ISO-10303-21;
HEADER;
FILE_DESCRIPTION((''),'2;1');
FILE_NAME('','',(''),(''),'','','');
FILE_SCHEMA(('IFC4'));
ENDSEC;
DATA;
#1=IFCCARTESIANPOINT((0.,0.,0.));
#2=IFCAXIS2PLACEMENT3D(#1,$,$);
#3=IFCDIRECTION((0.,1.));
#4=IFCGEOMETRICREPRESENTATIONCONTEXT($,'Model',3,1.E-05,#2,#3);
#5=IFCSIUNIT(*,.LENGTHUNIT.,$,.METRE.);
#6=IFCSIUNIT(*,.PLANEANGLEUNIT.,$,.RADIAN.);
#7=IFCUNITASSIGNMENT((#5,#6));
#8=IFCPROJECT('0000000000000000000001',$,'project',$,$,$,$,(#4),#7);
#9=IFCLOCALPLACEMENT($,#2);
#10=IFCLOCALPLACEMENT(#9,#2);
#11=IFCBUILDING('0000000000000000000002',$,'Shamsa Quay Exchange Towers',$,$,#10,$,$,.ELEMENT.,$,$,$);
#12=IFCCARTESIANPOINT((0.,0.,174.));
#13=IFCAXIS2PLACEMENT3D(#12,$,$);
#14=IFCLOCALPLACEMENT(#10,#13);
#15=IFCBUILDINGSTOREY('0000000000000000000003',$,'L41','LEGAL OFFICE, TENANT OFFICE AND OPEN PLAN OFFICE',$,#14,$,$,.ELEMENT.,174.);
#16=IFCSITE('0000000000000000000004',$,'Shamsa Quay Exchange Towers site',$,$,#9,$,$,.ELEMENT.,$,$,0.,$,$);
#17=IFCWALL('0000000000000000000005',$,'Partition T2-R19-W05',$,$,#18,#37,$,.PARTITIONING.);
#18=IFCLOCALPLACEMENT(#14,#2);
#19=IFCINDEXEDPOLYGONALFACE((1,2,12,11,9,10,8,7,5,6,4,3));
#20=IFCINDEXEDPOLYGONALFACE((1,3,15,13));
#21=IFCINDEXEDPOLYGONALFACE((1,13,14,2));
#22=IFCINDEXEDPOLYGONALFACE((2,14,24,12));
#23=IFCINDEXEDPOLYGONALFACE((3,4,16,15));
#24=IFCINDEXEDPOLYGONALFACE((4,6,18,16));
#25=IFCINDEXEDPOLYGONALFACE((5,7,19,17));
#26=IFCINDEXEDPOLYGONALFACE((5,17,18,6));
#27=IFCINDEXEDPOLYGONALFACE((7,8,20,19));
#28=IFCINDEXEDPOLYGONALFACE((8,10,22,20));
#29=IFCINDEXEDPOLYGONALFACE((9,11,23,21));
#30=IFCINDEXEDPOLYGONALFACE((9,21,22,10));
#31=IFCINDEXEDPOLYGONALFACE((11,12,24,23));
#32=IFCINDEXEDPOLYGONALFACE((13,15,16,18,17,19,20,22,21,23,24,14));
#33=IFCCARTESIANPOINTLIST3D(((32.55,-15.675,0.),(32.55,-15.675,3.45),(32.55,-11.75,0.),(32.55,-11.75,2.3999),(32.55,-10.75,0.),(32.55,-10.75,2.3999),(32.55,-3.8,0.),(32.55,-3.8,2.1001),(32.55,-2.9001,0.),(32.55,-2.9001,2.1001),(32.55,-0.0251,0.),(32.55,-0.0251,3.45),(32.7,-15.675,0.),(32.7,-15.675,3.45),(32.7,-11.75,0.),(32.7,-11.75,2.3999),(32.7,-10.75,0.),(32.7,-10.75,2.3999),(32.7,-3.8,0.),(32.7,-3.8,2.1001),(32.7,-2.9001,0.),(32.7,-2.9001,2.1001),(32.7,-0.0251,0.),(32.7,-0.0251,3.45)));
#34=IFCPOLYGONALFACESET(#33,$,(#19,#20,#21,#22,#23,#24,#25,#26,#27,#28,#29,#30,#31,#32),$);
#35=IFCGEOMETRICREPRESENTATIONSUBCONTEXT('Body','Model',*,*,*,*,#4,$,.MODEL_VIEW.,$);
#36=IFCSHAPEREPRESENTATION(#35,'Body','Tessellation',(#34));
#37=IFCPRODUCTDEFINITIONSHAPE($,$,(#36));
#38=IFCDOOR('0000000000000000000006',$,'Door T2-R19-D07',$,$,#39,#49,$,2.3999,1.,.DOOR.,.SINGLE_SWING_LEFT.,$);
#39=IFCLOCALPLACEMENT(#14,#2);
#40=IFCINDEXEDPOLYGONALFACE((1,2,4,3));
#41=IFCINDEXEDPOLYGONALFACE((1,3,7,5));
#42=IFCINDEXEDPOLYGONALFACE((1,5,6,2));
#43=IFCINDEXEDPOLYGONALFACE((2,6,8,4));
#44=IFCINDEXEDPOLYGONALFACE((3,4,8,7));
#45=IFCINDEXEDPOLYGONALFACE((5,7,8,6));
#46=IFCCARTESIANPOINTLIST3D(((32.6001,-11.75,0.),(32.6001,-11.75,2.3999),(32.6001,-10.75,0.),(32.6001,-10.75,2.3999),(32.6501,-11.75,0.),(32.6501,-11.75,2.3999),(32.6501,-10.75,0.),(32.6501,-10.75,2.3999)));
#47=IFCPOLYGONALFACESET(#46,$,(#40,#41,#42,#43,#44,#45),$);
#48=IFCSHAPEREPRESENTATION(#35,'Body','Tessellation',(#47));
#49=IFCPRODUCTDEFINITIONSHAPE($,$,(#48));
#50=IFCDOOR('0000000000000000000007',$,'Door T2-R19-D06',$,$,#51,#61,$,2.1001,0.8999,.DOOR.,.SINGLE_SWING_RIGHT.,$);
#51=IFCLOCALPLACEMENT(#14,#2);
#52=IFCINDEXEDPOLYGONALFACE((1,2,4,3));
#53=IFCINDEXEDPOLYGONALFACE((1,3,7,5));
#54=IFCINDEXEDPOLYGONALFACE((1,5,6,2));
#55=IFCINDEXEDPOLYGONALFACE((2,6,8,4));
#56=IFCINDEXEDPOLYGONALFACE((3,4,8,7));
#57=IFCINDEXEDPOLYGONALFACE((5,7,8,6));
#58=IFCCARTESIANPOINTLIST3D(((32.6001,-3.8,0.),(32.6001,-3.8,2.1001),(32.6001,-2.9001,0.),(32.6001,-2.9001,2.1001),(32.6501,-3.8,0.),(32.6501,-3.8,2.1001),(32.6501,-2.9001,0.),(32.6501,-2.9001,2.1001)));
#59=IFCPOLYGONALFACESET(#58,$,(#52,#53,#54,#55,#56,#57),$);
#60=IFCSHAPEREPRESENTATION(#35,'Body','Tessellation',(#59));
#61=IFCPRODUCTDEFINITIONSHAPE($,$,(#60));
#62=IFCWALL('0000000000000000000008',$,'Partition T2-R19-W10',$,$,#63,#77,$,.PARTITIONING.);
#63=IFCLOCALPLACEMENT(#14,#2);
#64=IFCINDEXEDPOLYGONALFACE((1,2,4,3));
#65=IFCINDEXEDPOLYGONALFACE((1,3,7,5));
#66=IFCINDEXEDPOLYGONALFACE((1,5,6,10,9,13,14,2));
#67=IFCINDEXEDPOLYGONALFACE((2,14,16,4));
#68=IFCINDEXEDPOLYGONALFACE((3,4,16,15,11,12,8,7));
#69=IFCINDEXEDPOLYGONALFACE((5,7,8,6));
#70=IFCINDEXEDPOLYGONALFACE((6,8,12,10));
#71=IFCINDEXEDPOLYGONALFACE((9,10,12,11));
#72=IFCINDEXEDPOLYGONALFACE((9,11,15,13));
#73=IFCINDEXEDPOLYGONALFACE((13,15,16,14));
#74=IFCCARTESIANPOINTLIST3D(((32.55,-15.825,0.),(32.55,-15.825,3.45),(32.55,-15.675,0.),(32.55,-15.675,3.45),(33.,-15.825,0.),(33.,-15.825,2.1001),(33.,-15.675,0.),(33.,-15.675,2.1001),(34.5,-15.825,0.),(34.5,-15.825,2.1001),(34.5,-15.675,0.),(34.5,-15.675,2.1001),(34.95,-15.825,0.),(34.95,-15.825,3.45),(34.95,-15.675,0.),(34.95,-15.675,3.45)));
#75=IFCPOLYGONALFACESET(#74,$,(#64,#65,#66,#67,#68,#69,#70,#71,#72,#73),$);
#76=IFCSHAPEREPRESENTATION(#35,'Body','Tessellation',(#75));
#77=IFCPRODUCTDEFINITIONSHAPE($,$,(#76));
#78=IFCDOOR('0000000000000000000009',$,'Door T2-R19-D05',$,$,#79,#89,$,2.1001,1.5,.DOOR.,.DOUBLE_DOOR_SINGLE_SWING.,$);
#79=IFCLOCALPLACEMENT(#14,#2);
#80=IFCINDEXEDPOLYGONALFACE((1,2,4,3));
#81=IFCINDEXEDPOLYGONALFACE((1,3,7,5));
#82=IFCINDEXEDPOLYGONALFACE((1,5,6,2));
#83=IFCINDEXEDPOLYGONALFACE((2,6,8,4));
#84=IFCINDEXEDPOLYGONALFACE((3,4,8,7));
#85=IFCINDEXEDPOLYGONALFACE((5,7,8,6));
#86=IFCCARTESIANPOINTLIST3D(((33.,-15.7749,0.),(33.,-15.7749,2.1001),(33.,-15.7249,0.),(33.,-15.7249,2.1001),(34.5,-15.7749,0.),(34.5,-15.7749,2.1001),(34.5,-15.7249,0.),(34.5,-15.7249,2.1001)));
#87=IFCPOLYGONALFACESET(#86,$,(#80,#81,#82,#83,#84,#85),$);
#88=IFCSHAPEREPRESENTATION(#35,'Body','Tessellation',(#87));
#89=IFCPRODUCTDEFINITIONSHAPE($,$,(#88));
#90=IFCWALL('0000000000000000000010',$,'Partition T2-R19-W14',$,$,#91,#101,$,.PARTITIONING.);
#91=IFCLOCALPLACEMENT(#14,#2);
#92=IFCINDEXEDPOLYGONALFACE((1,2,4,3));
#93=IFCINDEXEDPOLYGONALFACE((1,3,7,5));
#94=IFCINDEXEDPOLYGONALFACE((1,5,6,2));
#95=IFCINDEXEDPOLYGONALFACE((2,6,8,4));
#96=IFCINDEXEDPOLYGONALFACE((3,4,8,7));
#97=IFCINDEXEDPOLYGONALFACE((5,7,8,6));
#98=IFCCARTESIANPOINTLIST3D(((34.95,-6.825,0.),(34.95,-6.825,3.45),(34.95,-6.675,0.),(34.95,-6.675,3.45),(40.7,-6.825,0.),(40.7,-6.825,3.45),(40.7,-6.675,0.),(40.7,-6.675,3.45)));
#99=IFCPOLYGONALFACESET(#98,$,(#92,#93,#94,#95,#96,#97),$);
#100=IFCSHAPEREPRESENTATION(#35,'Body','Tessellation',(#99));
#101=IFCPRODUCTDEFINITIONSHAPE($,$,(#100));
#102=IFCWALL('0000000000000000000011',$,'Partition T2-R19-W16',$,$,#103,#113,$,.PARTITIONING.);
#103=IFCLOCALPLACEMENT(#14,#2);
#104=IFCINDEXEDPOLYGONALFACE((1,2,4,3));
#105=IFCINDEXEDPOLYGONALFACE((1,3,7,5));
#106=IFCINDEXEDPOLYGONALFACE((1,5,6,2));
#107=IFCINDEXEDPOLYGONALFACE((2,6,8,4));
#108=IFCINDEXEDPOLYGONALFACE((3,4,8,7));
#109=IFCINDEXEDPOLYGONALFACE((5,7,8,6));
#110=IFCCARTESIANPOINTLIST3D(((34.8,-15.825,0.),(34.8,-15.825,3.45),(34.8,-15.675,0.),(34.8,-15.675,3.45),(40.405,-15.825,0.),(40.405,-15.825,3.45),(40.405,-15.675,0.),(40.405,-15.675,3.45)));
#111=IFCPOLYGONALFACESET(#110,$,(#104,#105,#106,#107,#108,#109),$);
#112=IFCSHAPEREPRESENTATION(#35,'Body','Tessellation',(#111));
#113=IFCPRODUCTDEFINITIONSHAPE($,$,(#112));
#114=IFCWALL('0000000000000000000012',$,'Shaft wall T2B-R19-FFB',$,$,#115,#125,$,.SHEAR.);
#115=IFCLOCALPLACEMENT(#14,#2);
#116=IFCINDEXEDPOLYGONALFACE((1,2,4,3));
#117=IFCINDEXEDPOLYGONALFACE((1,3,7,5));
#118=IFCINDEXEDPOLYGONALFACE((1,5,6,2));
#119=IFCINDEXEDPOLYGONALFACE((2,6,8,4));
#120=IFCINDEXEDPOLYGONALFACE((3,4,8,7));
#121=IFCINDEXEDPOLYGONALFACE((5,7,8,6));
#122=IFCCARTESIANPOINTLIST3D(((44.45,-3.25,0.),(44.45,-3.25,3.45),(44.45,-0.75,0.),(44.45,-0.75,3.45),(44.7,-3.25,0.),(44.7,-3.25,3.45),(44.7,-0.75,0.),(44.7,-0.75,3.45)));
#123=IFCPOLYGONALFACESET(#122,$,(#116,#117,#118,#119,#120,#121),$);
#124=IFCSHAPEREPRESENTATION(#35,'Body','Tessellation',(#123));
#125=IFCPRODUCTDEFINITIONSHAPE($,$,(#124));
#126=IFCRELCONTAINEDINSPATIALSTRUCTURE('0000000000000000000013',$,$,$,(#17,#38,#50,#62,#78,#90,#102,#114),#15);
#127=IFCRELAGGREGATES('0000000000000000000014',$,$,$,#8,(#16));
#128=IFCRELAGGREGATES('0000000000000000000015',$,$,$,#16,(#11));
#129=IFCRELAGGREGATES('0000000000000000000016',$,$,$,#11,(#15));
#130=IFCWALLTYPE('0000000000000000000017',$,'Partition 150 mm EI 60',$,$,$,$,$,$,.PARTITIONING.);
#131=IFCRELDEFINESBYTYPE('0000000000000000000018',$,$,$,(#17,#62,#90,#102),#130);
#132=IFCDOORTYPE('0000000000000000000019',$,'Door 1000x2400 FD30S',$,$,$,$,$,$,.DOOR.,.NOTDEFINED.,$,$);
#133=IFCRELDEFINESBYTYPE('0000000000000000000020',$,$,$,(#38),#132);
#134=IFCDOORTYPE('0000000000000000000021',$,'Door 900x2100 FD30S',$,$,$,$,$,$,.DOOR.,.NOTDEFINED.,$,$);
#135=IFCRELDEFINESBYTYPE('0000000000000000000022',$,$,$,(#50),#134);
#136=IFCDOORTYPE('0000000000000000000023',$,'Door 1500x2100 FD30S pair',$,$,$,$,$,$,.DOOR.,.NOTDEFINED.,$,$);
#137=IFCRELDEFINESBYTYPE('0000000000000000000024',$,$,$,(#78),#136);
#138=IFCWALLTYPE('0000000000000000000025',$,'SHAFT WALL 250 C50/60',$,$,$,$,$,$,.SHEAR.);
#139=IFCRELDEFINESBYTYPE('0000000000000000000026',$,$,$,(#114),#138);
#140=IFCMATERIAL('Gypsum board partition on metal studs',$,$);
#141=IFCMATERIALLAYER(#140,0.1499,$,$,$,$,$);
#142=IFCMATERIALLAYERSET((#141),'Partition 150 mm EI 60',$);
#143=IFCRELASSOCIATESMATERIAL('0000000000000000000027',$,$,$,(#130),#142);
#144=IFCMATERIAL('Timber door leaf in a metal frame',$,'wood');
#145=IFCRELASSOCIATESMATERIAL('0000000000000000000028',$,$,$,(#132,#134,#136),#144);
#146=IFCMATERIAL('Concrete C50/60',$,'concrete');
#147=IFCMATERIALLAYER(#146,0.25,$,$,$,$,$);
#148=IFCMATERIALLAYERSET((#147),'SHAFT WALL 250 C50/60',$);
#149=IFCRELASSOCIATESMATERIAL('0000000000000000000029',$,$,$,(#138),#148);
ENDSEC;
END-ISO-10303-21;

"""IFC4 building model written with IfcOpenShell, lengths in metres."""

from ifc_helpers import new_model, si_unit, direction, frame, frame_2d, origin, place, context, subcontext, project, spatial, rectangle, extrude, material, layer, layer_set, type_object, element, fill, save


model = new_model("IFC4")

# Units and contexts
model_context = context("Model", 3, precision=1e-05, world=origin(), true_north=direction((0.0, 1.0)))
body_context = subcontext(model_context, "Body", "Model", "MODEL_VIEW")
ifc_project = project(units=[si_unit("LENGTHUNIT", "METRE"), si_unit("PLANEANGLEUNIT", "RADIAN")], contexts=[model_context])

# Site, building, storey
site_placement = place(None, origin())
site = spatial("IfcSite", under=ifc_project, at=site_placement, Name="Shamsa Quay Exchange Towers site", CompositionType="ELEMENT", RefElevation=0.0)
building_placement = place(site_placement, origin())
building = spatial("IfcBuilding", under=site, at=building_placement, Name="Shamsa Quay Exchange Towers", CompositionType="ELEMENT")
storey_placement = place(building_placement, frame((0.0, 0.0, 174.0)))
storey = spatial("IfcBuildingStorey", under=building, at=storey_placement, Name="L41", Description="LEGAL OFFICE, TENANT OFFICE AND OPEN PLAN OFFICE", CompositionType="ELEMENT", Elevation=174.0)

# Wall, openings, doors
ifc_material_1 = material(Name="Gypsum board partition on metal studs")
ifc_layer_1 = layer(ifc_material_1, 0.1499)
ifc_layer_set_1 = layer_set([ifc_layer_1], Name="Partition 150 mm EI 60")
wall_type_1 = type_object("IfcWallType", Name="Partition 150 mm EI 60", PredefinedType="PARTITIONING", material=ifc_layer_set_1)
wall_1_placement = place(storey_placement, frame((32.625, -15.675, 0.0), z_axis=(0.0, 0.0, 1.0), x_axis=(0.0, 1.0, 0.0)))
wall_1 = element("IfcWall", 1, at=wall_1_placement, inside=storey, type_object=wall_type_1, Name="Partition T2-R19-W05", PredefinedType="PARTITIONING", context=body_context, shape_type="SweptSolid", body=[
    extrude(rectangle(XDim=15.6499, YDim=0.1499, at=frame_2d((7.825, 0.0))), origin(), (0.0, 0.0, 1.0), 3.45),
])
opening_1_placement = place(wall_1_placement, frame((11.875, 0.0, 0.0)))
opening_1 = element("IfcOpeningElement", 2, at=opening_1_placement, cuts=wall_1, PredefinedType="OPENING", context=body_context, shape_type="SweptSolid", body=[
    extrude(rectangle(XDim=0.8999, YDim=2.1001, at=frame_2d((0.45, 1.05))), frame((0.0, 0.085, 0.0), z_axis=(0.0, -1.0, 0.0), x_axis=(1.0, 0.0, 0.0)), (0.0, 0.0, 1.0), 0.1699),
])
opening_2_placement = place(wall_1_placement, frame((3.925, 0.0, 0.0)))
opening_2 = element("IfcOpeningElement", 3, at=opening_2_placement, cuts=wall_1, PredefinedType="OPENING", context=body_context, shape_type="SweptSolid", body=[
    extrude(rectangle(XDim=1.0, YDim=2.3999, at=frame_2d((0.5, 1.2))), frame((0.0, 0.085, 0.0), z_axis=(0.0, -1.0, 0.0), x_axis=(1.0, 0.0, 0.0)), (0.0, 0.0, 1.0), 0.1699),
])
ifc_material_2 = material(Name="Timber door leaf in a metal frame", Category="wood")
door_type_1 = type_object("IfcDoorType", Name="Door 1000x2400 FD30S", OperationType="NOTDEFINED", PredefinedType="DOOR", material=ifc_material_2)
door_1_placement = place(opening_2_placement, origin())
door_1 = element("IfcDoor", 4, at=door_1_placement, inside=storey, type_object=door_type_1, Name="Door T2-R19-D07", OperationType="SINGLE_SWING_LEFT", OverallHeight=2.3999, OverallWidth=1.0, PredefinedType="DOOR", context=body_context, shape_type="SweptSolid", body=[
    extrude(rectangle(XDim=1.0, YDim=2.3999, at=frame_2d((0.5, 1.2))), frame((0.0, 0.0249, 0.0), z_axis=(0.0, -1.0, 0.0), x_axis=(1.0, 0.0, 0.0)), (0.0, 0.0, 1.0), 0.05),
])
fill(opening_2, door_1)
door_type_2 = type_object("IfcDoorType", Name="Door 900x2100 FD30S", OperationType="NOTDEFINED", PredefinedType="DOOR", material=ifc_material_2)
door_2_placement = place(opening_1_placement, origin())
door_2 = element("IfcDoor", 5, at=door_2_placement, inside=storey, type_object=door_type_2, Name="Door T2-R19-D06", OperationType="SINGLE_SWING_RIGHT", OverallHeight=2.1001, OverallWidth=0.8999, PredefinedType="DOOR", context=body_context, shape_type="SweptSolid", body=[
    extrude(rectangle(XDim=0.8999, YDim=2.1001, at=frame_2d((0.45, 1.05))), frame((0.0, 0.0249, 0.0), z_axis=(0.0, -1.0, 0.0), x_axis=(1.0, 0.0, 0.0)), (0.0, 0.0, 1.0), 0.05),
])
fill(opening_1, door_2)

# Wall, opening, door
wall_2_placement = place(storey_placement, frame((34.95, -15.75, 0.0), z_axis=(0.0, 0.0, 1.0), x_axis=(-1.0, 0.0, 0.0)))
wall_2 = element("IfcWall", 6, at=wall_2_placement, inside=storey, type_object=wall_type_1, Name="Partition T2-R19-W10", PredefinedType="PARTITIONING", context=body_context, shape_type="SweptSolid", body=[
    extrude(rectangle(XDim=2.3999, YDim=0.1499, at=frame_2d((1.2, 0.0))), origin(), (0.0, 0.0, 1.0), 3.45),
])
opening_3_placement = place(wall_2_placement, frame((0.45, 0.0, 0.0)))
opening_3 = element("IfcOpeningElement", 7, at=opening_3_placement, cuts=wall_2, PredefinedType="OPENING", context=body_context, shape_type="SweptSolid", body=[
    extrude(rectangle(XDim=1.5, YDim=2.1001, at=frame_2d((0.75, 1.05))), frame((0.0, 0.085, 0.0), z_axis=(0.0, -1.0, 0.0), x_axis=(1.0, 0.0, 0.0)), (0.0, 0.0, 1.0), 0.1699),
])
door_type_3 = type_object("IfcDoorType", Name="Door 1500x2100 FD30S pair", OperationType="NOTDEFINED", PredefinedType="DOOR", material=ifc_material_2)
door_3_placement = place(opening_3_placement, origin())
door_3 = element("IfcDoor", 8, at=door_3_placement, inside=storey, type_object=door_type_3, Name="Door T2-R19-D05", OperationType="DOUBLE_DOOR_SINGLE_SWING", OverallHeight=2.1001, OverallWidth=1.5, PredefinedType="DOOR", context=body_context, shape_type="SweptSolid", body=[
    extrude(rectangle(XDim=1.5, YDim=2.1001, at=frame_2d((0.75, 1.05))), frame((0.0, 0.0249, 0.0), z_axis=(0.0, -1.0, 0.0), x_axis=(1.0, 0.0, 0.0)), (0.0, 0.0, 1.0), 0.05),
])
fill(opening_3, door_3)

# Walls
wall_3_placement = place(storey_placement, frame((34.95, -6.75, 0.0)))
element("IfcWall", 9, at=wall_3_placement, inside=storey, type_object=wall_type_1, Name="Partition T2-R19-W14", PredefinedType="PARTITIONING", context=body_context, shape_type="SweptSolid", body=[
    extrude(rectangle(XDim=5.75, YDim=0.1499, at=frame_2d((2.875, 0.0))), origin(), (0.0, 0.0, 1.0), 3.45),
])
wall_4_placement = place(storey_placement, frame((34.8, -15.75, 0.0)))
element("IfcWall", 10, at=wall_4_placement, inside=storey, type_object=wall_type_1, Name="Partition T2-R19-W16", PredefinedType="PARTITIONING", context=body_context, shape_type="SweptSolid", body=[
    extrude(rectangle(XDim=5.605, YDim=0.1499, at=frame_2d((2.8025, 0.0))), origin(), (0.0, 0.0, 1.0), 3.45),
])
ifc_material_3 = material(Name="Concrete C50/60", Category="concrete")
ifc_layer_2 = layer(ifc_material_3, 0.25)
ifc_layer_set_2 = layer_set([ifc_layer_2], Name="SHAFT WALL 250 C50/60")
wall_type_2 = type_object("IfcWallType", Name="SHAFT WALL 250 C50/60", PredefinedType="SHEAR", material=ifc_layer_set_2)
wall_5_placement = place(storey_placement, frame((44.575, -3.25, 0.0), z_axis=(0.0, 0.0, 1.0), x_axis=(0.0, 1.0, 0.0)))
element("IfcWall", 11, at=wall_5_placement, inside=storey, type_object=wall_type_2, Name="Shaft wall T2B-R19-FFB", PredefinedType="SHEAR", context=body_context, shape_type="SweptSolid", body=[
    extrude(rectangle(XDim=2.5, YDim=0.25, at=frame_2d((1.25, 0.0))), origin(), (0.0, 0.0, 1.0), 3.45),
])

save(model, "model.ifc")
